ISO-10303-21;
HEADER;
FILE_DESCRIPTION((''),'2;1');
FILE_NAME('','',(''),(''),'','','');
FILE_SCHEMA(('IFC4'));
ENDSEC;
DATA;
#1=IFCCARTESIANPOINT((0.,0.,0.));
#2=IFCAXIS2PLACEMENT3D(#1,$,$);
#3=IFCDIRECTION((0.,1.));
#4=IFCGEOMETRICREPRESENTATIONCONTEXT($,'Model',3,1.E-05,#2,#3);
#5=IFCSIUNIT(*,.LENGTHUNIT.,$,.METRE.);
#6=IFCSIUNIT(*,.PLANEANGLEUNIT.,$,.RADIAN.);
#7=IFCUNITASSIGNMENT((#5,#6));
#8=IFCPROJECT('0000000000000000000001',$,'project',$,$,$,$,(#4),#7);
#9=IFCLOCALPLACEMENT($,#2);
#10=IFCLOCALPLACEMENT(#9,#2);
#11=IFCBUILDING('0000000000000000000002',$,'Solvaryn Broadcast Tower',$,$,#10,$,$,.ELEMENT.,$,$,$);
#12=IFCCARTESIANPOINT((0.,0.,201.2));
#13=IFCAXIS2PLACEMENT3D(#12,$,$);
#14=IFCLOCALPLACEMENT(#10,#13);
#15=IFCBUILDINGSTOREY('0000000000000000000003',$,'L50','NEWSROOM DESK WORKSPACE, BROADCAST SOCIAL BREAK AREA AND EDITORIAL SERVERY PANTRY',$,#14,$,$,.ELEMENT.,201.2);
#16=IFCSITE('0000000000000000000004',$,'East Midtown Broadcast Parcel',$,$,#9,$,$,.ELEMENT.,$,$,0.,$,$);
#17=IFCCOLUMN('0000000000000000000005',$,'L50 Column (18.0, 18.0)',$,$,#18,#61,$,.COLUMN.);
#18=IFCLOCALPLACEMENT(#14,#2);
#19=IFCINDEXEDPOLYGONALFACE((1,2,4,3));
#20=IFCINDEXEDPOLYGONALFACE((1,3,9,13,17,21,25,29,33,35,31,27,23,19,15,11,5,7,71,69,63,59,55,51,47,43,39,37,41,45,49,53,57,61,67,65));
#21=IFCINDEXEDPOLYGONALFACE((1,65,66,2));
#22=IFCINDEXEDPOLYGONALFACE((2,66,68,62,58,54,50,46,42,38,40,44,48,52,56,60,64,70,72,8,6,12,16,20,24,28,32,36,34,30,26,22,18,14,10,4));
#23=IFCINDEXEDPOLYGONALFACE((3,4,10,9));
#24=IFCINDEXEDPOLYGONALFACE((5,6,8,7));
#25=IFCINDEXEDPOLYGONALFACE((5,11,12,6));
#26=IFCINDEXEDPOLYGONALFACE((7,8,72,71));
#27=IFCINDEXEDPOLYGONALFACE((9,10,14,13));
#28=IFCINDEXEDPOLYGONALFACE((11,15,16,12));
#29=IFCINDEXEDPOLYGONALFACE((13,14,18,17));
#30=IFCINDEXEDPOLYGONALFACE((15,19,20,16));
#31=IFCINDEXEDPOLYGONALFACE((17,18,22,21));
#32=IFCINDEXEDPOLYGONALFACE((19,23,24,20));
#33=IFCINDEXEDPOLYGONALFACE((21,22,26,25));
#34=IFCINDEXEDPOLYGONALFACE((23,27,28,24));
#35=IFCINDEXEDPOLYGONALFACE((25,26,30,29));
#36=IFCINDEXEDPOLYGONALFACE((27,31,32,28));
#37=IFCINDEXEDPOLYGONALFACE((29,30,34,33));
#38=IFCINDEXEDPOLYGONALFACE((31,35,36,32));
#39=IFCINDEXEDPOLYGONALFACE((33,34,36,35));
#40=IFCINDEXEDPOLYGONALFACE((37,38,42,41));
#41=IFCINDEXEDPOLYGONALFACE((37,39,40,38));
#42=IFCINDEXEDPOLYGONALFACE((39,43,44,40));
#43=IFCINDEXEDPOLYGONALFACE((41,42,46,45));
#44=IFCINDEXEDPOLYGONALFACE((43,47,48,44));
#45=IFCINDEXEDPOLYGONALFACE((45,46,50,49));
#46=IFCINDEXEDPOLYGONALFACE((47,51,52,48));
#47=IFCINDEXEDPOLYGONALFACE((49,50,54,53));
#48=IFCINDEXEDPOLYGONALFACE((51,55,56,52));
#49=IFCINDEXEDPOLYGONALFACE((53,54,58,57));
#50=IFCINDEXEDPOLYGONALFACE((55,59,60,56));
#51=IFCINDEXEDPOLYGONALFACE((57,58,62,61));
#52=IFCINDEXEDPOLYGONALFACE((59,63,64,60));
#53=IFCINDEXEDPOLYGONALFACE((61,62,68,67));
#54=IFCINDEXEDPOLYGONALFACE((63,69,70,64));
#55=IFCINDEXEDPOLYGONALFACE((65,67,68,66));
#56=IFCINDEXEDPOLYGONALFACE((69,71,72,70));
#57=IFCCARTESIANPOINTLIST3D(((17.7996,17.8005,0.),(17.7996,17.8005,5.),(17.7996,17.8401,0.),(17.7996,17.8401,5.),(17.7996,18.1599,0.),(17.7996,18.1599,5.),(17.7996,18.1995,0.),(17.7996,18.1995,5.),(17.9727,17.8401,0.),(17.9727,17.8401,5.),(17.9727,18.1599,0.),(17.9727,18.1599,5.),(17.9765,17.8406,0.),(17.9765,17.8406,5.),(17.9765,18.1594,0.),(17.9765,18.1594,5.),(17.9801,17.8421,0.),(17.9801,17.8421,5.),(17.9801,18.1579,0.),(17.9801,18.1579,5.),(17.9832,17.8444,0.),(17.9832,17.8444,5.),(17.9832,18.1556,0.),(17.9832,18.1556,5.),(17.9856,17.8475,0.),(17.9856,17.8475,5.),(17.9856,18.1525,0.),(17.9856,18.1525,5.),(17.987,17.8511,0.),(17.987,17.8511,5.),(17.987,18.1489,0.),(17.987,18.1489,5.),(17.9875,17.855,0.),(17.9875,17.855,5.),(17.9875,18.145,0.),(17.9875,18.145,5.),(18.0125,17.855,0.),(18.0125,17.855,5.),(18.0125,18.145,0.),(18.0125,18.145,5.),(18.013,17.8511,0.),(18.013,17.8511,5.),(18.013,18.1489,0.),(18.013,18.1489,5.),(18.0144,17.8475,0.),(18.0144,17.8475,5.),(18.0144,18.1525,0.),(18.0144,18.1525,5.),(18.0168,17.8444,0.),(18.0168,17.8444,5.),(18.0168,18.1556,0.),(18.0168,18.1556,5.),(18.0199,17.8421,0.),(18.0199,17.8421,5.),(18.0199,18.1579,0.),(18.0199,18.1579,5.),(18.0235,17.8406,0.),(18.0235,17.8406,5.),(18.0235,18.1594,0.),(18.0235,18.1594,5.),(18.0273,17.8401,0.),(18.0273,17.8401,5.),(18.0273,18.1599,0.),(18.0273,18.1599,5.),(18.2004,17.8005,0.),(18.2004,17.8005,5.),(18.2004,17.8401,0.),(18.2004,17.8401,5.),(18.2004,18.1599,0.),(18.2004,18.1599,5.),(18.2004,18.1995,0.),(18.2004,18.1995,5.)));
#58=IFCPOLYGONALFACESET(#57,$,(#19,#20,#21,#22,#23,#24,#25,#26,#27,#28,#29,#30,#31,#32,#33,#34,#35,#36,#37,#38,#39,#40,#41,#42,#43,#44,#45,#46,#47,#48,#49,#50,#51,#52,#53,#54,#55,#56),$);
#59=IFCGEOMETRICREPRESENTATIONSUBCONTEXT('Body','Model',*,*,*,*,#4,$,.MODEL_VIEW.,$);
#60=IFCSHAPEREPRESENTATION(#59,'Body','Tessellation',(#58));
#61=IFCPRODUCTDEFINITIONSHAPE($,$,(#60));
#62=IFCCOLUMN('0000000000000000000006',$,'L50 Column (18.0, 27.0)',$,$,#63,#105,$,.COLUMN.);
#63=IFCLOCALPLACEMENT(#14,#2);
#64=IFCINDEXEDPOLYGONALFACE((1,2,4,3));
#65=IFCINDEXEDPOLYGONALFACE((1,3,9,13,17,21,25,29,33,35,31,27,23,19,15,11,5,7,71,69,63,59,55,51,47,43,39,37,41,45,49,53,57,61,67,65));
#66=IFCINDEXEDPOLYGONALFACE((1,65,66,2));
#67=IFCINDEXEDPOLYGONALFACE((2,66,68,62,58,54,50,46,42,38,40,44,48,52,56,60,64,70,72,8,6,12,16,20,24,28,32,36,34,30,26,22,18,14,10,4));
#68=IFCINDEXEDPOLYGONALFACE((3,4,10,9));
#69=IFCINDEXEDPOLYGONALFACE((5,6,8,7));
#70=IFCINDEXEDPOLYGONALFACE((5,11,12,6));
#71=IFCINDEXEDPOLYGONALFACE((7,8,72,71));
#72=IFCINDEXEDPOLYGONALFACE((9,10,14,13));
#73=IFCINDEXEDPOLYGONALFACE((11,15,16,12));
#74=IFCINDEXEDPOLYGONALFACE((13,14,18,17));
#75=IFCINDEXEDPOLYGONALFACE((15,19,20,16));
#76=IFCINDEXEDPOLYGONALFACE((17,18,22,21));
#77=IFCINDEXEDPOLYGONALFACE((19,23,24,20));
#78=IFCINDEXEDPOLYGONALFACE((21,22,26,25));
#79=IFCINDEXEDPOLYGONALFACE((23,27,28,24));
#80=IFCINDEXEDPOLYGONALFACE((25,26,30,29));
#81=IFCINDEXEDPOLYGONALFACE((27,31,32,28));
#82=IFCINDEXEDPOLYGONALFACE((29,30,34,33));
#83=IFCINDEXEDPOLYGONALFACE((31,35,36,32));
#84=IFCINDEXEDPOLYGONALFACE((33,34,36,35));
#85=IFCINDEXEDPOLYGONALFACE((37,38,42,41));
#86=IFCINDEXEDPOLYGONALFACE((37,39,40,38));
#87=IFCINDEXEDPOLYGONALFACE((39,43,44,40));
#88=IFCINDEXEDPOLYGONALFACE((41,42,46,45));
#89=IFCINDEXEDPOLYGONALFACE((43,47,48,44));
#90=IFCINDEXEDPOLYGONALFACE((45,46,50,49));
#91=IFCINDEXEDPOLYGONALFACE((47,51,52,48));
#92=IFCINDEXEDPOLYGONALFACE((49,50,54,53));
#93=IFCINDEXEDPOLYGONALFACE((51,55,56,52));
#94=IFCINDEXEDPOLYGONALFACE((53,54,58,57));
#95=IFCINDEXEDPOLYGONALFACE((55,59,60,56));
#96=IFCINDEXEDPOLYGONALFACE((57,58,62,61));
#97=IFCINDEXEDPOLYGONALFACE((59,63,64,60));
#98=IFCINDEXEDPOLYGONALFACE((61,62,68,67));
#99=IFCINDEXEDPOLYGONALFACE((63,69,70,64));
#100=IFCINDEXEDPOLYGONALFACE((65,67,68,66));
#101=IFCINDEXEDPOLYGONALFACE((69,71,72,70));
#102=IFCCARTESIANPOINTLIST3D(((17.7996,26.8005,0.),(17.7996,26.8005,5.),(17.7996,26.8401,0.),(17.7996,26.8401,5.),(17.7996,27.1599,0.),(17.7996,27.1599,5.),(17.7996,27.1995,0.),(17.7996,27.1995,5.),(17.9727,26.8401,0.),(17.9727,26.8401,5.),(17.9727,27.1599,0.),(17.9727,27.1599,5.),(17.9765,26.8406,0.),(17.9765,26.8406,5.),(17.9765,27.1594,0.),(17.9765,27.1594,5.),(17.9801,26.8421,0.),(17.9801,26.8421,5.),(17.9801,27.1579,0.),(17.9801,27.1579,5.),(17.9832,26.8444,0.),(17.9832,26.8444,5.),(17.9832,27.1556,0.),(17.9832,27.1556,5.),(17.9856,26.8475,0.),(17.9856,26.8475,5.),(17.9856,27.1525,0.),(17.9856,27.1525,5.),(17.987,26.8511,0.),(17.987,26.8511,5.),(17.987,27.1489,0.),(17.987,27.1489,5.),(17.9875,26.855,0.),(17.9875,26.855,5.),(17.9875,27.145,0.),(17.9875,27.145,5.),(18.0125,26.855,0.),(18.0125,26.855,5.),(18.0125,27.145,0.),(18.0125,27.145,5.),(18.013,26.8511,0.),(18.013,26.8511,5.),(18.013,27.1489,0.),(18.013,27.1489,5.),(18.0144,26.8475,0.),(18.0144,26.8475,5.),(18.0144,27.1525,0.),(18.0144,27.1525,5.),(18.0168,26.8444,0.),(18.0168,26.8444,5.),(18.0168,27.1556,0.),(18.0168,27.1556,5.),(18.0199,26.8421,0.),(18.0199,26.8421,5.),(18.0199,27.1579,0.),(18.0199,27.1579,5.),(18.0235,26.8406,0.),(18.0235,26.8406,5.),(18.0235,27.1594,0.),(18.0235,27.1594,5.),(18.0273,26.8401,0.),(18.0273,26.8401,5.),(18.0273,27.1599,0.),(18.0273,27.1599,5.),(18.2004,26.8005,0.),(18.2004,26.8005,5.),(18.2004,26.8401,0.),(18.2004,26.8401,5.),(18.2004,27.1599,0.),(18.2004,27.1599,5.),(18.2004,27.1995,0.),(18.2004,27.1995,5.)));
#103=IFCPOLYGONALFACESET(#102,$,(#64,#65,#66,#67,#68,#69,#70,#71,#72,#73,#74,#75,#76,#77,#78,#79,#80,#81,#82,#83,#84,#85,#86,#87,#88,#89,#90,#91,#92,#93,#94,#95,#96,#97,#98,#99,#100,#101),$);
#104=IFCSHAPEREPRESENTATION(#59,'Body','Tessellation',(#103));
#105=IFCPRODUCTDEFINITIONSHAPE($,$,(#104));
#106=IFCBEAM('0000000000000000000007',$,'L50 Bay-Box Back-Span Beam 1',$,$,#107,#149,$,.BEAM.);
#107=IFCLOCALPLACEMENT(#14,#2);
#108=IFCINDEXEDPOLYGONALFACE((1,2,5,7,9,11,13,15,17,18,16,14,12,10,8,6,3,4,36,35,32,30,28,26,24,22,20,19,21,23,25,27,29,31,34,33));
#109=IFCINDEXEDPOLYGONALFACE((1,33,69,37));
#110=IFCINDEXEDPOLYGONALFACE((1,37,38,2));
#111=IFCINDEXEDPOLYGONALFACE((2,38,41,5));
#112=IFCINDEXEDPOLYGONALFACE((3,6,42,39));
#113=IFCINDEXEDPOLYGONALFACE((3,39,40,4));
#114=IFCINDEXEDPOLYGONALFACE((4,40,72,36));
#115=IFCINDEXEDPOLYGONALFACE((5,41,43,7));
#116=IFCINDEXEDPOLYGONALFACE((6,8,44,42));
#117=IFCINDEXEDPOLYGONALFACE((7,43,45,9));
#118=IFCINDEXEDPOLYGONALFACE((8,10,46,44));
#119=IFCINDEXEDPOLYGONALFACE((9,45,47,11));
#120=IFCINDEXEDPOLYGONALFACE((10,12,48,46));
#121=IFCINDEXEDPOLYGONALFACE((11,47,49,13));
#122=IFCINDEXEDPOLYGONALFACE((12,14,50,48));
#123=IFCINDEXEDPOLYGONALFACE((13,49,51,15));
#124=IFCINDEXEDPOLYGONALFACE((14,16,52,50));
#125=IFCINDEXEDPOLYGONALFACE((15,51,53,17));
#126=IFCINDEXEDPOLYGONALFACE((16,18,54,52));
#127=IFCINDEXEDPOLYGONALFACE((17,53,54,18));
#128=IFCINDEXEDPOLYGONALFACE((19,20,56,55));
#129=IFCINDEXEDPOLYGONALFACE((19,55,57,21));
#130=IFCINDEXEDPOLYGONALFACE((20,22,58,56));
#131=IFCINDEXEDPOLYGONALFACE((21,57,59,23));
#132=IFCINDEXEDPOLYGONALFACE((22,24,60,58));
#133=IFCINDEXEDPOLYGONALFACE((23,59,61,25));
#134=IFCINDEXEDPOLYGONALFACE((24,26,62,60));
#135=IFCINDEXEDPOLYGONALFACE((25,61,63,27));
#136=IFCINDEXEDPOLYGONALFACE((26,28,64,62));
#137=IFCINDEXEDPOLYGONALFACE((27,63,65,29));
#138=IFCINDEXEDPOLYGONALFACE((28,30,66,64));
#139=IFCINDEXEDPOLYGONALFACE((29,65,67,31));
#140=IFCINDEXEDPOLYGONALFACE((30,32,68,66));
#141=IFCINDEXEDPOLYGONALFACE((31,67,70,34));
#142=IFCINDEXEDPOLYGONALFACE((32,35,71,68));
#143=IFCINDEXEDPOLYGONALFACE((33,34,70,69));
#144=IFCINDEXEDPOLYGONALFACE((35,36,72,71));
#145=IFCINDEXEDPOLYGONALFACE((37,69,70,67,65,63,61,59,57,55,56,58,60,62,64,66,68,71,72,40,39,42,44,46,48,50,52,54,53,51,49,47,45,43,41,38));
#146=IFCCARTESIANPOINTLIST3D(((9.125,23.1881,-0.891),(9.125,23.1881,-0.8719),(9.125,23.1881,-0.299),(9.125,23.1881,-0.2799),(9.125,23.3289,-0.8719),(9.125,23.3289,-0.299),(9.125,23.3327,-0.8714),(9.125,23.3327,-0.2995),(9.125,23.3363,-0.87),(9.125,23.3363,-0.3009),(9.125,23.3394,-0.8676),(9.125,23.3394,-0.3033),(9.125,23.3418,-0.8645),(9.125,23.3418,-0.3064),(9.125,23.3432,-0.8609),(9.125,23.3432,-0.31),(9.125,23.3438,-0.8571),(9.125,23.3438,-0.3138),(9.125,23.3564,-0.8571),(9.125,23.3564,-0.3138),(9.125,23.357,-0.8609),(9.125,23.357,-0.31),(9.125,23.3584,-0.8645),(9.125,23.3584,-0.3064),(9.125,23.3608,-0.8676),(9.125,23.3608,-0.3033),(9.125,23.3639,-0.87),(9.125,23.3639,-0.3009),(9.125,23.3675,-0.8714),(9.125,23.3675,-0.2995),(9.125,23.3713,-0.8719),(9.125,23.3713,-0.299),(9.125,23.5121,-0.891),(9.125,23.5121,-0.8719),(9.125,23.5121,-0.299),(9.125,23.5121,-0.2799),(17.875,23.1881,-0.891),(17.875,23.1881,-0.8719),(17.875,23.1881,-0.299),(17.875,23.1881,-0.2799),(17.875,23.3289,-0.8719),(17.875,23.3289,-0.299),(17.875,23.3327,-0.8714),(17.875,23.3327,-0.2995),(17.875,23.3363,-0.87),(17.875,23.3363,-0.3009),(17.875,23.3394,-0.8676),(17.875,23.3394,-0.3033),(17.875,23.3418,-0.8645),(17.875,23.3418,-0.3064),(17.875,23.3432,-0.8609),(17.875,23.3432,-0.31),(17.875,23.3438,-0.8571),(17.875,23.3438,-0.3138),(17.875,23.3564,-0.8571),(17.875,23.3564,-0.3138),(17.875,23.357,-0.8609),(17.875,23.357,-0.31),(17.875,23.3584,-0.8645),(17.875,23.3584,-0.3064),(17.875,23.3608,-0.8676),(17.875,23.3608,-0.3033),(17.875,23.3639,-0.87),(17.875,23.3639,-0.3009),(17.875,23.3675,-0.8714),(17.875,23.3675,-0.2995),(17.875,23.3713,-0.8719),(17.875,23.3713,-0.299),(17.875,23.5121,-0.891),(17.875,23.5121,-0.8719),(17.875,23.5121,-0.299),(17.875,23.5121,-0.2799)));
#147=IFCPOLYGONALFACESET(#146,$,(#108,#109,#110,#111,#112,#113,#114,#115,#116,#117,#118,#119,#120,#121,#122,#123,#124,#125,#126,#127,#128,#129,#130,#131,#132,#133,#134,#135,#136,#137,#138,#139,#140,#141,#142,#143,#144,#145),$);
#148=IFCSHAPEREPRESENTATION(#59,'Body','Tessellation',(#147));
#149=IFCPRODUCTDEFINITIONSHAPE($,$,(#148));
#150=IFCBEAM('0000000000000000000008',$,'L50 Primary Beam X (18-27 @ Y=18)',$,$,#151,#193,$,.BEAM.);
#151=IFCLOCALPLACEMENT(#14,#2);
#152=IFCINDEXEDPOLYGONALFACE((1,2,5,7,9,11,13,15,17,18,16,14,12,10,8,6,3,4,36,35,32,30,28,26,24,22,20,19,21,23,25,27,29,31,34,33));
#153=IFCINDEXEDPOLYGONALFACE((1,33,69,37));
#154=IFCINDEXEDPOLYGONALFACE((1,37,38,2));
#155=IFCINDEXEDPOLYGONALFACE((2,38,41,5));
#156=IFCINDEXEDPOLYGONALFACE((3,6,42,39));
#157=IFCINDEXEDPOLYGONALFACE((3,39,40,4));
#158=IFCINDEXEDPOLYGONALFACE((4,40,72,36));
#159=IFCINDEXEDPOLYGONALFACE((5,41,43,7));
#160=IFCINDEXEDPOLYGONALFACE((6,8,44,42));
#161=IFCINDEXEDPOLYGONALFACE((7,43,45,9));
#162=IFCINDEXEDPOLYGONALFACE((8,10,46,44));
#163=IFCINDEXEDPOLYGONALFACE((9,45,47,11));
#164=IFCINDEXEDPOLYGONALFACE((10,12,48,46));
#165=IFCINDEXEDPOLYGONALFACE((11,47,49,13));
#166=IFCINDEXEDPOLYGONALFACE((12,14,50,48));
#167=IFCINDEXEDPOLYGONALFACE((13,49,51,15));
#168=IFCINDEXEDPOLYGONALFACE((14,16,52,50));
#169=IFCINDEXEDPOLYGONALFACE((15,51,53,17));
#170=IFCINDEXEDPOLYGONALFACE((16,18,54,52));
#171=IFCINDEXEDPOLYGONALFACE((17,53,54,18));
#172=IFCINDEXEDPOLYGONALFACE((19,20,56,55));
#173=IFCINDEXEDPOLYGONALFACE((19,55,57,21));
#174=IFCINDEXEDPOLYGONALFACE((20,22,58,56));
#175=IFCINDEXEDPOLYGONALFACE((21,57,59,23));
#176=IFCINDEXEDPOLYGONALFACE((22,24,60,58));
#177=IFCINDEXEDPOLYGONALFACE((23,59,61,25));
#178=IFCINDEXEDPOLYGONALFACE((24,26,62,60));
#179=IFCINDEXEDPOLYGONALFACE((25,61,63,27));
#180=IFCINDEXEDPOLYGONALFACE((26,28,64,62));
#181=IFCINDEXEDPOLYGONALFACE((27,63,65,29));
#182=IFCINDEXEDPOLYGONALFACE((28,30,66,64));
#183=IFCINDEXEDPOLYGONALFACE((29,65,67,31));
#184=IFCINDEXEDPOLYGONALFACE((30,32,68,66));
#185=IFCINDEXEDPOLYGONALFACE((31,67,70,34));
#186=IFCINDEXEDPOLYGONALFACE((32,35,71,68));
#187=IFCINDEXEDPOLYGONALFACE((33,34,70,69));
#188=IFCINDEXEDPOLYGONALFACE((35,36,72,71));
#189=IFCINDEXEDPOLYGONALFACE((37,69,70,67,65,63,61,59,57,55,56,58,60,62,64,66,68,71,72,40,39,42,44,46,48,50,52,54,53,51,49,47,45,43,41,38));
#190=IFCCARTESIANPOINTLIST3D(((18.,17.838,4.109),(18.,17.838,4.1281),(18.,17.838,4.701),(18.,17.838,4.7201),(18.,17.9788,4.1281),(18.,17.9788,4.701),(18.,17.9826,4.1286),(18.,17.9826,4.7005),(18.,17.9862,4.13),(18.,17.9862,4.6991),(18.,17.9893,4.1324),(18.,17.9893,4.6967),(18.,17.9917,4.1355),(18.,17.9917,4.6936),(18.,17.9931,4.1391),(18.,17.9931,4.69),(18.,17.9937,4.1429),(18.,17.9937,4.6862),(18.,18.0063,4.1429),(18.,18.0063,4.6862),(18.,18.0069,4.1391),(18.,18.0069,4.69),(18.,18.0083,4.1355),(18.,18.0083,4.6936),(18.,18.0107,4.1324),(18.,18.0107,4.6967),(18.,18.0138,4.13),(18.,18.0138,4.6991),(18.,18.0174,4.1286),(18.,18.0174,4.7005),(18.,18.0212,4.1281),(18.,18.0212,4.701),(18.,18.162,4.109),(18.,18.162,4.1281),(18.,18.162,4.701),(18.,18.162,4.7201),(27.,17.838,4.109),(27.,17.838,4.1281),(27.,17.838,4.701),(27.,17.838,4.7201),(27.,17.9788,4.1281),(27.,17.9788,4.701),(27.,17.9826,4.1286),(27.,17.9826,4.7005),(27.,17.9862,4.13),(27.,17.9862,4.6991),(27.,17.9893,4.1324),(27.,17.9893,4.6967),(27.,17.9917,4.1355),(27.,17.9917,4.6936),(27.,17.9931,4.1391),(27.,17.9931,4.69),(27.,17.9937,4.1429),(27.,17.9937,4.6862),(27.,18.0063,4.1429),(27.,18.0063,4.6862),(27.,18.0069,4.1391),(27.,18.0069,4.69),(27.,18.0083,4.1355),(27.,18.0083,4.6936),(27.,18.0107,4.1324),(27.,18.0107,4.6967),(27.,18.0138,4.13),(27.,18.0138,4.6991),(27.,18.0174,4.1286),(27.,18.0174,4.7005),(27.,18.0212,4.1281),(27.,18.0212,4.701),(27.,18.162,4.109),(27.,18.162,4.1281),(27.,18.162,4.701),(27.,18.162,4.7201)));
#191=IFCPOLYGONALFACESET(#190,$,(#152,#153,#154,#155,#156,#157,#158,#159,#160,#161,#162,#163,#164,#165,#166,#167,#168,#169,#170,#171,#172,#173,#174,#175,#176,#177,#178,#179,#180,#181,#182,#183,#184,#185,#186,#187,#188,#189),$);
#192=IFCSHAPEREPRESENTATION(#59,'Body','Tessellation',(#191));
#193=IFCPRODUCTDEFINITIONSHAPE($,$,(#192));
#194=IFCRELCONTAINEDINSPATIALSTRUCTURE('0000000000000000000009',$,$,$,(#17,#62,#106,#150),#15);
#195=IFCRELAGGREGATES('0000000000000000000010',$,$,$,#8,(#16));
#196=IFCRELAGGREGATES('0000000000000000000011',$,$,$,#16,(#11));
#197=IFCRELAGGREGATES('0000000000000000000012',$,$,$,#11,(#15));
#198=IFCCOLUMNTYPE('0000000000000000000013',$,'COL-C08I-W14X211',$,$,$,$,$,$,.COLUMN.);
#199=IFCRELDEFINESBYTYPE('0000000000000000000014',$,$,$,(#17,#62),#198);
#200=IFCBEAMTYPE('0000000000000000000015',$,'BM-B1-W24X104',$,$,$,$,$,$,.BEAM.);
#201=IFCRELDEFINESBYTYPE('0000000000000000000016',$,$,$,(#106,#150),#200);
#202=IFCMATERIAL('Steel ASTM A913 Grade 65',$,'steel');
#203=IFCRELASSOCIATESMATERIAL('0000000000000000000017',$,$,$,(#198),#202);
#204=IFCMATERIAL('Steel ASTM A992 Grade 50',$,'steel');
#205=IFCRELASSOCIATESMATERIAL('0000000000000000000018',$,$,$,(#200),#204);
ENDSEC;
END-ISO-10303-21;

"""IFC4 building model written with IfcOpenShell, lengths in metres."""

from ifc_helpers import new_model, si_unit, direction, frame, origin, origin_2d, place, context, subcontext, project, spatial, i_section, extrude, material, material_profile, profile_set, type_object, element, save


model = new_model("IFC4")

# Units and contexts
model_context = context("Model", 3, precision=1e-05, world=origin(), true_north=direction((0.0, 1.0)))
body_context = subcontext(model_context, "Body", "Model", "MODEL_VIEW")
ifc_project = project(units=[si_unit("LENGTHUNIT", "METRE"), si_unit("PLANEANGLEUNIT", "RADIAN")], contexts=[model_context])

# Site, building, storey
site_placement = place(None, origin())
site = spatial("IfcSite", under=ifc_project, at=site_placement, Name="East Midtown Broadcast Parcel", CompositionType="ELEMENT", RefElevation=0.0)
building_placement = place(site_placement, origin())
building = spatial("IfcBuilding", under=site, at=building_placement, Name="Solvaryn Broadcast Tower", CompositionType="ELEMENT")
storey_placement = place(building_placement, frame((0.0, 0.0, 201.2)))
storey = spatial("IfcBuildingStorey", under=building, at=storey_placement, Name="L50", Description="NEWSROOM DESK WORKSPACE, BROADCAST SOCIAL BREAK AREA AND EDITORIAL SERVERY PANTRY", CompositionType="ELEMENT", Elevation=201.2)

# Columns
ifc_material_1 = material(Name="Steel ASTM A913 Grade 65", Category="steel")
ifc_material_profile_1 = material_profile(ifc_material_1, i_section(OverallWidth=0.4009, OverallDepth=0.3989, WebThickness=0.0249, FlangeThickness=0.0396, FilletRadius=0.0149, at=origin_2d()))
ifc_profile_set_1 = profile_set([ifc_material_profile_1], Name="Steel ASTM A913 Grade 65")
column_type = type_object("IfcColumnType", Name="COL-C08I-W14X211", PredefinedType="COLUMN", material=ifc_profile_set_1)
for number, where, z_axis, x_axis, name in (
    (1, (18.0, 18.0, 0.0), (0.0, 0.0, 1.0), (1.0, 0.0, 0.0), "L50 Column (18.0, 18.0)"),
    (2, (18.0, 27.0, 0.0), (0.0, 0.0, 1.0), (1.0, 0.0, 0.0), "L50 Column (18.0, 27.0)"),
):
    element("IfcColumn", number, at=place(storey_placement, frame(where, z_axis=z_axis, x_axis=x_axis)), inside=storey, type_object=column_type, Name=name, PredefinedType="COLUMN", context=body_context, shape_type="SweptSolid", body=[
        extrude(i_section(OverallWidth=0.4009, OverallDepth=0.3989, WebThickness=0.0249, FlangeThickness=0.0396, FilletRadius=0.0149, at=origin_2d()), origin(), (0.0, 0.0, 1.0), 5.0),
    ])

# Beams
ifc_material_2 = material(Name="Steel ASTM A992 Grade 50", Category="steel")
ifc_material_profile_2 = material_profile(ifc_material_2, i_section(OverallWidth=0.324, OverallDepth=0.6111, WebThickness=0.0127, FlangeThickness=0.019, FilletRadius=0.0149, at=origin_2d()))
ifc_profile_set_2 = profile_set([ifc_material_profile_2], Name="Steel ASTM A992 Grade 50")
beam_type_1 = type_object("IfcBeamType", Name="BM-B1-W24X104", PredefinedType="BEAM", material=ifc_profile_set_2)
beam_1_placement = place(storey_placement, frame((17.875, 23.3501, -0.5854), z_axis=(-1.0, 0.0, 0.0), x_axis=(0.0, -1.0, 0.0)))
element("IfcBeam", 3, at=beam_1_placement, inside=storey, type_object=beam_type_1, Name="L50 Bay-Box Back-Span Beam 1", PredefinedType="BEAM", context=body_context, shape_type="SweptSolid", body=[
    extrude(i_section(OverallWidth=0.324, OverallDepth=0.6111, WebThickness=0.0127, FlangeThickness=0.019, FilletRadius=0.0149, at=origin_2d()), origin(), (0.0, 0.0, 1.0), 8.75),
])
for number, where, z_axis, x_axis, name in (
    (4, (18.0, 18.0, 4.4146), (1.0, 0.0, 0.0), (0.0, 1.0, 0.0), "L50 Primary Beam X (18-27 @ Y=18)"),
):
    element("IfcBeam", number, at=place(storey_placement, frame(where, z_axis=z_axis, x_axis=x_axis)), inside=storey, type_object=beam_type_1, Name=name, PredefinedType="BEAM", context=body_context, shape_type="SweptSolid", body=[
        extrude(i_section(OverallWidth=0.324, OverallDepth=0.6111, WebThickness=0.0127, FlangeThickness=0.019, FilletRadius=0.0149, at=origin_2d()), origin(), (0.0, 0.0, 1.0), 9.0),
    ])

save(model, "model.ifc")
